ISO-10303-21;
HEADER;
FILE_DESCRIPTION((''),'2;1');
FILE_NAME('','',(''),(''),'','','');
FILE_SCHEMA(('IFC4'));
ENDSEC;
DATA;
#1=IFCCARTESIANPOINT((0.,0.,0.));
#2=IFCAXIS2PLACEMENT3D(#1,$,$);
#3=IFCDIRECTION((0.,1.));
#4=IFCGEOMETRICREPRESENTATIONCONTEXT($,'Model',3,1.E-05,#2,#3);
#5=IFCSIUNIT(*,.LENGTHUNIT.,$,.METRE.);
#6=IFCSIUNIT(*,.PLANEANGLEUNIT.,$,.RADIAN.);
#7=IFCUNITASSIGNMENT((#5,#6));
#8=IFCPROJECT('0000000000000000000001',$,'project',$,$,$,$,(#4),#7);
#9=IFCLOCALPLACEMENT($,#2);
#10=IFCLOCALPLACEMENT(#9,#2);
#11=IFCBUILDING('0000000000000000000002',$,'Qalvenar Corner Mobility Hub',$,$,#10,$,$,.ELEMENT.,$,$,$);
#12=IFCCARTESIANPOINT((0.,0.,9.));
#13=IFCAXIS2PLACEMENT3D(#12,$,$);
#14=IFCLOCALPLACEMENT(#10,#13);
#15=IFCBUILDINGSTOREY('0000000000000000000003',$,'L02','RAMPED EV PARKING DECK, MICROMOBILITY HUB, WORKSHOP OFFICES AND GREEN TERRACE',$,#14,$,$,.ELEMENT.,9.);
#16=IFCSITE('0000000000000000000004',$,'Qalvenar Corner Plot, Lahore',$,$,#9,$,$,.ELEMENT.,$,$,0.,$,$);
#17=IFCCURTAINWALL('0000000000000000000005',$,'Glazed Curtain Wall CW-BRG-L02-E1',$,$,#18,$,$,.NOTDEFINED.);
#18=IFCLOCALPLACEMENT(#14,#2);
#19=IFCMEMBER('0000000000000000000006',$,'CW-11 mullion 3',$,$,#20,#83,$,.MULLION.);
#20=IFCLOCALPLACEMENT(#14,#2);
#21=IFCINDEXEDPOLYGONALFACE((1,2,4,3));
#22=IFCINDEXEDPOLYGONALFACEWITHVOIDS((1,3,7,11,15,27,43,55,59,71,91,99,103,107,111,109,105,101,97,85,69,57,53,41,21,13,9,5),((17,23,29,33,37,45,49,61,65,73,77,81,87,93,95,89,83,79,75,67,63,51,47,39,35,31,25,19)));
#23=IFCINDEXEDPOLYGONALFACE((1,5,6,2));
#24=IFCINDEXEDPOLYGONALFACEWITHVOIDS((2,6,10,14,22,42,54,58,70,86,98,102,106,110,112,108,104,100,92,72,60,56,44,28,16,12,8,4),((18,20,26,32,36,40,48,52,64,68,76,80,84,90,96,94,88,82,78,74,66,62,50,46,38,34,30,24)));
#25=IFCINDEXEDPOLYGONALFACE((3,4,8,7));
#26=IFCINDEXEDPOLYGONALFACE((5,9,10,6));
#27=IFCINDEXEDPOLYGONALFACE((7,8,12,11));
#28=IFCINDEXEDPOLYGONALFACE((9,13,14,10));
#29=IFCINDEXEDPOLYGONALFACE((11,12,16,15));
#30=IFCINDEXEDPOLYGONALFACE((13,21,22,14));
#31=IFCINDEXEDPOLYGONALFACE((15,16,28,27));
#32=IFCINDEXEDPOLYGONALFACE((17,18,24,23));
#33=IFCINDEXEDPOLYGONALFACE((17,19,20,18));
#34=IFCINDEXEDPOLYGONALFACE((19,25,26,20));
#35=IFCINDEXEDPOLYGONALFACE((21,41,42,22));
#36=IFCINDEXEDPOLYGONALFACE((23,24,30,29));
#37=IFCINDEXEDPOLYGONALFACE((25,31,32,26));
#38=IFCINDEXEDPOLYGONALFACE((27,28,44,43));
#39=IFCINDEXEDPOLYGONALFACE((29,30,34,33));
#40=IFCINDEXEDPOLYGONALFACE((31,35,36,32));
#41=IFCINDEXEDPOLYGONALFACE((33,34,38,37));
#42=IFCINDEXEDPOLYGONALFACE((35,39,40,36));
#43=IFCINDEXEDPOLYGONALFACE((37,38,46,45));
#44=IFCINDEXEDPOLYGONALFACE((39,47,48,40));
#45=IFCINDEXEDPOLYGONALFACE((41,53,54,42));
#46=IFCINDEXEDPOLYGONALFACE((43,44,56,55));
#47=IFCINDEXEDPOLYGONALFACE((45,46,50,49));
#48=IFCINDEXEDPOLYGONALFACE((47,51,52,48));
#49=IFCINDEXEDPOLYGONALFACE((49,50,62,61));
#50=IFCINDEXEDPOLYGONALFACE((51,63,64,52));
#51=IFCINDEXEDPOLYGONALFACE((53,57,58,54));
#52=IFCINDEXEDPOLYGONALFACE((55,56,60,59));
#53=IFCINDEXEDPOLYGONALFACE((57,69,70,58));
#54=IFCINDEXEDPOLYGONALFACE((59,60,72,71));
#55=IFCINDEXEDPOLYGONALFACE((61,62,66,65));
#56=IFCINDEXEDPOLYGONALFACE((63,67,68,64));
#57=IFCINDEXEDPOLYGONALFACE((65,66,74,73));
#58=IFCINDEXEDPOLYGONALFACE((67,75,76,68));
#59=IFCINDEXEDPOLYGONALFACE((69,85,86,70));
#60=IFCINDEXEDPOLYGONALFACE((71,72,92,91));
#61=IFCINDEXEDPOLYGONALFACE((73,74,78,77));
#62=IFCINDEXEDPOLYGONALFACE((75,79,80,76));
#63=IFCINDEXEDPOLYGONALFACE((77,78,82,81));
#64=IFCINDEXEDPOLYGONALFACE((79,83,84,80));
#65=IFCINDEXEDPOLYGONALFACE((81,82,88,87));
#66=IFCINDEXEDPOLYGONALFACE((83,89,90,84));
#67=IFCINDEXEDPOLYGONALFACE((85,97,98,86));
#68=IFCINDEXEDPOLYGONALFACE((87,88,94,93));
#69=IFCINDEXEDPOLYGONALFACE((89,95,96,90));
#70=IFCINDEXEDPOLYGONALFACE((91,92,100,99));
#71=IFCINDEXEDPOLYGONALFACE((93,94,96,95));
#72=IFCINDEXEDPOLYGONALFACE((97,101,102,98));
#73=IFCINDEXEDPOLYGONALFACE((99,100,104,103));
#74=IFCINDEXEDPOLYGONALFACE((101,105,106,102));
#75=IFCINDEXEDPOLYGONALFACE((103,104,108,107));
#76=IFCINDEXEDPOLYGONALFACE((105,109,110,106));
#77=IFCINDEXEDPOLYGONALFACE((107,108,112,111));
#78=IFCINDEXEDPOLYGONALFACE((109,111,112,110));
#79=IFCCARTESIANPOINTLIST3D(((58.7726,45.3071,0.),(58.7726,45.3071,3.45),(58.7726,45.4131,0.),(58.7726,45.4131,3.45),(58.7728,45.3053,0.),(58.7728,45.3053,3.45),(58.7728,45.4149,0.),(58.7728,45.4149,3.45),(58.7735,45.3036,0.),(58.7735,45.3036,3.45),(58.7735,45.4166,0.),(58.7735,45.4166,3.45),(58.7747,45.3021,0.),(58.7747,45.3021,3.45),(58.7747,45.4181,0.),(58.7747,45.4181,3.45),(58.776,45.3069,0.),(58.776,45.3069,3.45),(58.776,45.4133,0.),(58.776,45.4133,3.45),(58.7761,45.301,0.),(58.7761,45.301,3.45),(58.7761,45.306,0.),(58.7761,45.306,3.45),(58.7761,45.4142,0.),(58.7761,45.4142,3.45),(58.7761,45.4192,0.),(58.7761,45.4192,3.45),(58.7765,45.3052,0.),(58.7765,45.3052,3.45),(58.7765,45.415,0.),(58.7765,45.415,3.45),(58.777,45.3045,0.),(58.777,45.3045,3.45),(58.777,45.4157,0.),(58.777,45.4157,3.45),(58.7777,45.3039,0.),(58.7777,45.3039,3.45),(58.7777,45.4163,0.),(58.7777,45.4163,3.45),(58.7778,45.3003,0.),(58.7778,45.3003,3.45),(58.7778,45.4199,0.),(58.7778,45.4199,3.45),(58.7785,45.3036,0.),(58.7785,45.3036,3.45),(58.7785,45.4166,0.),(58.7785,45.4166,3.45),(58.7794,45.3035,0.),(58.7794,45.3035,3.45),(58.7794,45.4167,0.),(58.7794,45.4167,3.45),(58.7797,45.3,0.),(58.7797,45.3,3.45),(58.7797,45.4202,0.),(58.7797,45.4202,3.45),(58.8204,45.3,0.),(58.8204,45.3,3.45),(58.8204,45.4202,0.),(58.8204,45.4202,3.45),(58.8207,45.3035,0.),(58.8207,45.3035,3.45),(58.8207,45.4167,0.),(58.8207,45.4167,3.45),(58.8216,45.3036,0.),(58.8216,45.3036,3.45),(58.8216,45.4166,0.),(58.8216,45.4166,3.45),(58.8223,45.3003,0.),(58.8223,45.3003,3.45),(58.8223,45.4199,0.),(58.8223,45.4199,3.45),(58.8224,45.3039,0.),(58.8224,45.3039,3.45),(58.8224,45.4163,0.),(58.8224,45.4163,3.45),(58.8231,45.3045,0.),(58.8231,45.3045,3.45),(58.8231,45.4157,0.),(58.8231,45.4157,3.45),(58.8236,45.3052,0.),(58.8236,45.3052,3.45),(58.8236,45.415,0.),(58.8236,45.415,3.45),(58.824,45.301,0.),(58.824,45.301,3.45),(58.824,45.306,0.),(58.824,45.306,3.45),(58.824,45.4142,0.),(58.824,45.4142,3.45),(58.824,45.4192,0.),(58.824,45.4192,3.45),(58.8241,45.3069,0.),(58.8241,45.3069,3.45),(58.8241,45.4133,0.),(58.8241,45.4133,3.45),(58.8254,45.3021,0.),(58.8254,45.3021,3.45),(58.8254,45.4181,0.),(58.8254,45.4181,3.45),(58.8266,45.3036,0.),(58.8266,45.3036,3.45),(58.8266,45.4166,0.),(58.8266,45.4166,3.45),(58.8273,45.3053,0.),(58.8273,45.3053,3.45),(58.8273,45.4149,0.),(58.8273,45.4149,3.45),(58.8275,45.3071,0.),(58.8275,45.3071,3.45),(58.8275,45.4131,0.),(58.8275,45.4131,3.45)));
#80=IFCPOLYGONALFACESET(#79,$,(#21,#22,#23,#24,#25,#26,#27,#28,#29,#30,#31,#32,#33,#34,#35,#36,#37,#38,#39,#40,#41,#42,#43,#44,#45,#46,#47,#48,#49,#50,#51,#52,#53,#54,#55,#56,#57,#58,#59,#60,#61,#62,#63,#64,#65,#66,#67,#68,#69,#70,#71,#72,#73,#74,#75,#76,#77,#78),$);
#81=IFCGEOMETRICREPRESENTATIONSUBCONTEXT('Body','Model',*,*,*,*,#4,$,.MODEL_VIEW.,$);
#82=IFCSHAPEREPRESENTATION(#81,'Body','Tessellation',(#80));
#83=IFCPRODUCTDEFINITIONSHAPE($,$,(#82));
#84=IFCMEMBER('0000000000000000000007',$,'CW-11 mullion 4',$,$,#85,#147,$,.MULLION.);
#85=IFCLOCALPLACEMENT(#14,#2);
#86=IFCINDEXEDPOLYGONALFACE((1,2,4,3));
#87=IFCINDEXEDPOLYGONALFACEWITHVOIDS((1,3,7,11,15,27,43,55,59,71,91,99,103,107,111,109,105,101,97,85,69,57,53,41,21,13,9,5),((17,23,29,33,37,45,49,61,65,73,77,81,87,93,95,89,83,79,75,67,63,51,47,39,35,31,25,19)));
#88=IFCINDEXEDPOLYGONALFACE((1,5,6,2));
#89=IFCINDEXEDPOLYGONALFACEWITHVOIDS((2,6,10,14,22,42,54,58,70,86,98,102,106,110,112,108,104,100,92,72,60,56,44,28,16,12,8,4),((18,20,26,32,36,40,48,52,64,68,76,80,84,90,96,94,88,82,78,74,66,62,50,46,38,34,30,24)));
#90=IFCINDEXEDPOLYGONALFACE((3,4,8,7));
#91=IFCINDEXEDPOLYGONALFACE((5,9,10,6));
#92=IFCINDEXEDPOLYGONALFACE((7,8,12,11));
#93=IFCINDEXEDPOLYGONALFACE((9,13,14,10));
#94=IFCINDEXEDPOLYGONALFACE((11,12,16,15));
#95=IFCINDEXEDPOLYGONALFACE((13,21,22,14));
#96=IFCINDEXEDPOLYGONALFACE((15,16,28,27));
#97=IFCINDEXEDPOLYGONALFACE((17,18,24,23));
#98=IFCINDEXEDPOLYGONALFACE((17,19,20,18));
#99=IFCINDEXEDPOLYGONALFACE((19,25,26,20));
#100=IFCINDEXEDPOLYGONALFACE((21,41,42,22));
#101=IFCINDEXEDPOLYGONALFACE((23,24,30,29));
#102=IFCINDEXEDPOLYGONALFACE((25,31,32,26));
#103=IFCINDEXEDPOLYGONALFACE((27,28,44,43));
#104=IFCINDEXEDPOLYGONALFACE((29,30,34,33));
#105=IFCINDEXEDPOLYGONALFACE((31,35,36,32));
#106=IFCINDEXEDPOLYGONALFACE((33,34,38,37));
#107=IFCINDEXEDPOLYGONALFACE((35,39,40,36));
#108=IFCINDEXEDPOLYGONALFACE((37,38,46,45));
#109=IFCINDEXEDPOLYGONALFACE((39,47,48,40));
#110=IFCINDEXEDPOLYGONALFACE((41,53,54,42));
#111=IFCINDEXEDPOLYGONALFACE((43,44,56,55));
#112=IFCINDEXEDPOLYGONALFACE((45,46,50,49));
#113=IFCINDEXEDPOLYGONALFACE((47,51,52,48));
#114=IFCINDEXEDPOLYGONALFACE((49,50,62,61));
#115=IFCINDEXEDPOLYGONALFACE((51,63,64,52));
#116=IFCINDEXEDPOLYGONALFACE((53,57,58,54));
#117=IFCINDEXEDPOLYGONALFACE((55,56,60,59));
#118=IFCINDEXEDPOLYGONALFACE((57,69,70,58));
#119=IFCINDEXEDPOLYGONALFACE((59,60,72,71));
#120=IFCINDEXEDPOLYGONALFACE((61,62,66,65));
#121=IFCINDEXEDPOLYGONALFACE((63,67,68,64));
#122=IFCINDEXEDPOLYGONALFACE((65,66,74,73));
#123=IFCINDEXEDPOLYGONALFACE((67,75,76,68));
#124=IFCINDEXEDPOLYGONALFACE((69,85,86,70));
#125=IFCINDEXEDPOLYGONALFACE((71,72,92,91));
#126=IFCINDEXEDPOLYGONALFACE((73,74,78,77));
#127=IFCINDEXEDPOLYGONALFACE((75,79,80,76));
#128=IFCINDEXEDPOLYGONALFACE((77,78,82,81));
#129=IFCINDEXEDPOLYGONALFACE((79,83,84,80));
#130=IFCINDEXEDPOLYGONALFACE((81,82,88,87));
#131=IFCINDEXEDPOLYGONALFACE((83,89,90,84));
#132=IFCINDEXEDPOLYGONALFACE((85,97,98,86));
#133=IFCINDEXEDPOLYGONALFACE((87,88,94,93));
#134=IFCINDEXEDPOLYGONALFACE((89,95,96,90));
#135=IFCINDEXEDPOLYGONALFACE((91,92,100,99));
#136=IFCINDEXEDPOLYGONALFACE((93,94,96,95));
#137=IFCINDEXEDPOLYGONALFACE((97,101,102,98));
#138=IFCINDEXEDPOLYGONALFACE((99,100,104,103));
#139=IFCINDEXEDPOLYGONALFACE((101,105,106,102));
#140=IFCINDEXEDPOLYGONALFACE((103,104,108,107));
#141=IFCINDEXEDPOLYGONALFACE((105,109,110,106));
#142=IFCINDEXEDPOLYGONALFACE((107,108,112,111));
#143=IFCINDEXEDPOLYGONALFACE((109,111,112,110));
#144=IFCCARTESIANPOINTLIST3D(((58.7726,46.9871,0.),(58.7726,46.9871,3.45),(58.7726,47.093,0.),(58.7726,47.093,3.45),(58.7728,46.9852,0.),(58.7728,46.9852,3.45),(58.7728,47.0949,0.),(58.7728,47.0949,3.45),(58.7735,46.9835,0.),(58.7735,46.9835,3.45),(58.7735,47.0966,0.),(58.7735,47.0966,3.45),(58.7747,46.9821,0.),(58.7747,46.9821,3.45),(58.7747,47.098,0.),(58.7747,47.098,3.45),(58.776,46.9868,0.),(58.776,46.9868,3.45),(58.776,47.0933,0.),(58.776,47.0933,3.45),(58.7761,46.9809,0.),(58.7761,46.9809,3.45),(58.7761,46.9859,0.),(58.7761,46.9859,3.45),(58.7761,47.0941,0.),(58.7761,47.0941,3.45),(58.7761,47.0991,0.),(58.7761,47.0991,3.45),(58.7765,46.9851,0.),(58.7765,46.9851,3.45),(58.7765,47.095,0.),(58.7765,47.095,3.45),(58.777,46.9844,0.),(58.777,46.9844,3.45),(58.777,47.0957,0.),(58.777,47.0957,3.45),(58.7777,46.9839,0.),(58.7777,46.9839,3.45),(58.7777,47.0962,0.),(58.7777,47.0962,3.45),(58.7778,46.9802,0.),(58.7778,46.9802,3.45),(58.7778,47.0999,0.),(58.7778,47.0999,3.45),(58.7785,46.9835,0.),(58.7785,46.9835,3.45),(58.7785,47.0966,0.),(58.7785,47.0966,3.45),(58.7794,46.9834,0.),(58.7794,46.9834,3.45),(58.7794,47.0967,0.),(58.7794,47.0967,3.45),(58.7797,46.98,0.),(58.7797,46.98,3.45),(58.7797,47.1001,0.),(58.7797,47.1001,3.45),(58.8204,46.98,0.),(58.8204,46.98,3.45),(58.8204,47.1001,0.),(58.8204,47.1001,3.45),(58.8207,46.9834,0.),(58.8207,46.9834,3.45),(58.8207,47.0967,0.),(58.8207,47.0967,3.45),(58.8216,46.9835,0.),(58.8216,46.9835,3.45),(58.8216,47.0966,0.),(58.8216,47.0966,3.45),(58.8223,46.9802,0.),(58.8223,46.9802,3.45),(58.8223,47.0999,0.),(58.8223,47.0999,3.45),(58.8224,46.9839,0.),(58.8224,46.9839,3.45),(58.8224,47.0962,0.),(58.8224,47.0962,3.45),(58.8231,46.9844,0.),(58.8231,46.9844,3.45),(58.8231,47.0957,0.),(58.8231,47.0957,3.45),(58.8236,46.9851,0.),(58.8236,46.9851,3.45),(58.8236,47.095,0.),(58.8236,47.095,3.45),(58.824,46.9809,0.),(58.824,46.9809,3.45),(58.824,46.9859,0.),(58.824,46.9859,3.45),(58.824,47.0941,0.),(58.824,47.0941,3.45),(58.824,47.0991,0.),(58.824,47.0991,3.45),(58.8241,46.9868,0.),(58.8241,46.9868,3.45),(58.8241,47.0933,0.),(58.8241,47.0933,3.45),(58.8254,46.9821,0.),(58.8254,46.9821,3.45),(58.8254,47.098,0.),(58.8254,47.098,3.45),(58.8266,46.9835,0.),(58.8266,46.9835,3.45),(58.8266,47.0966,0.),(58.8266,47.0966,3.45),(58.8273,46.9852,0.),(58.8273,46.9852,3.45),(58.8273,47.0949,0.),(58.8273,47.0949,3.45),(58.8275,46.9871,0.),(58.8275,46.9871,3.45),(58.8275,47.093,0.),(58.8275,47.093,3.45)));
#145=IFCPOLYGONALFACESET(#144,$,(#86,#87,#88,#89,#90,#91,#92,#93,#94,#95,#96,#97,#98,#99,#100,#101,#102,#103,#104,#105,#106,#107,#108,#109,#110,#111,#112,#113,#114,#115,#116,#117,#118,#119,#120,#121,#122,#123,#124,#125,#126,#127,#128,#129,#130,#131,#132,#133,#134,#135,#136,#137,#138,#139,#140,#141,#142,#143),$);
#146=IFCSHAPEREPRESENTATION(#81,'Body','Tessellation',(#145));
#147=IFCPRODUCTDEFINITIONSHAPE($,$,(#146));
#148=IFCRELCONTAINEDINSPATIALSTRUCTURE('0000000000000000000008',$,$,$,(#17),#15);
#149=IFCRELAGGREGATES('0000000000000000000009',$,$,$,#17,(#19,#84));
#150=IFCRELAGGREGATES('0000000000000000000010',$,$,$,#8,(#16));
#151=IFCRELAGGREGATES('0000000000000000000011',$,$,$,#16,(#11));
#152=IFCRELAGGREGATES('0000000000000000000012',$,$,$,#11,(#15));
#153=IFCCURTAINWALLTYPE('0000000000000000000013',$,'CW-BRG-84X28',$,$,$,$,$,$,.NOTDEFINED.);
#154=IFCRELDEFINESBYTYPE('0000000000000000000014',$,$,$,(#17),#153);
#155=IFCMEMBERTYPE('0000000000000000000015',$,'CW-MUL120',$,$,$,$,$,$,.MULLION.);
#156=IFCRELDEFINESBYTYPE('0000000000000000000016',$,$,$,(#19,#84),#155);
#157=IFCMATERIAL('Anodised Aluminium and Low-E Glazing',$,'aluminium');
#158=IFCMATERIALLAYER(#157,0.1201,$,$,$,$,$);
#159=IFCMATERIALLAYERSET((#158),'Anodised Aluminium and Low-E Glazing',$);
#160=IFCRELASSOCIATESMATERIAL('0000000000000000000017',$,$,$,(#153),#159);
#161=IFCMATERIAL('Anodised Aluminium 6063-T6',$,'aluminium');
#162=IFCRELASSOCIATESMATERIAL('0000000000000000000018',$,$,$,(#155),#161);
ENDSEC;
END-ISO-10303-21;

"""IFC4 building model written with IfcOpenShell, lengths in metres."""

from ifc_helpers import new_model, si_unit, direction, frame, origin, origin_2d, place, context, subcontext, project, spatial, hollow_rectangle, extrude, material, layer, layer_set, material_profile, profile_set, type_object, element, aggregate, save


model = new_model("IFC4")

# Units and contexts
model_context = context("Model", 3, precision=1e-05, world=origin(), true_north=direction((0.0, 1.0)))
body_context = subcontext(model_context, "Body", "Model", "MODEL_VIEW")
ifc_project = project(units=[si_unit("LENGTHUNIT", "METRE"), si_unit("PLANEANGLEUNIT", "RADIAN")], contexts=[model_context])

# Site, building, storey
site_placement = place(None, origin())
site = spatial("IfcSite", under=ifc_project, at=site_placement, Name="Qalvenar Corner Plot, Lahore", CompositionType="ELEMENT", RefElevation=0.0)
building_placement = place(site_placement, origin())
building = spatial("IfcBuilding", under=site, at=building_placement, Name="Qalvenar Corner Mobility Hub", CompositionType="ELEMENT")
storey_placement = place(building_placement, frame((0.0, 0.0, 9.0)))
storey = spatial("IfcBuildingStorey", under=building, at=storey_placement, Name="L02", Description="RAMPED EV PARKING DECK, MICROMOBILITY HUB, WORKSHOP OFFICES AND GREEN TERRACE", CompositionType="ELEMENT", Elevation=9.0)

# Curtain wall, members
ifc_material_1 = material(Name="Anodised Aluminium and Low-E Glazing", Category="aluminium")
ifc_layer_1 = layer(ifc_material_1, 0.1201)
ifc_layer_set_1 = layer_set([ifc_layer_1], Name="Anodised Aluminium and Low-E Glazing")
curtain_wall_type = type_object("IfcCurtainWallType", Name="CW-BRG-84X28", PredefinedType="NOTDEFINED", material=ifc_layer_set_1)
curtain_wall_placement = place(storey_placement, origin())
curtain_wall = element("IfcCurtainWall", 1, at=curtain_wall_placement, inside=storey, type_object=curtain_wall_type, Name="Glazed Curtain Wall CW-BRG-L02-E1", PredefinedType="NOTDEFINED")
ifc_material_2 = material(Name="Anodised Aluminium 6063-T6", Category="aluminium")
ifc_material_profile_1 = material_profile(ifc_material_2, hollow_rectangle(XDim=0.0549, YDim=0.1201, WallThickness=0.0034, InnerFilletRadius=0.0034, OuterFilletRadius=0.0071, at=origin_2d()), Name="RHS120x55x3.5")
ifc_profile_set_1 = profile_set([ifc_material_profile_1], Name="Anodised Aluminium 6063-T6")
member_type_1 = type_object("IfcMemberType", Name="CW-MUL120", PredefinedType="MULLION", material=ifc_profile_set_1)
member_1_placement = place(storey_placement, frame((58.8, 45.3601, 0.0), z_axis=(0.0, 0.0, 1.0), x_axis=(-1.0, 0.0, 0.0)))
member_1 = element("IfcMember", 2, at=member_1_placement, type_object=member_type_1, Name="CW-11 mullion 3", PredefinedType="MULLION", context=body_context, shape_type="SweptSolid", body=[
    extrude(hollow_rectangle(XDim=0.0549, YDim=0.1201, WallThickness=0.0034, InnerFilletRadius=0.0034, OuterFilletRadius=0.0071, at=origin_2d()), origin(), (0.0, 0.0, 1.0), 3.45),
])
member_2_placement = place(storey_placement, frame((58.8, 47.04, 0.0), z_axis=(0.0, 0.0, 1.0), x_axis=(-1.0, 0.0, 0.0)))
member_2 = element("IfcMember", 3, at=member_2_placement, type_object=member_type_1, Name="CW-11 mullion 4", PredefinedType="MULLION", context=body_context, shape_type="SweptSolid", body=[
    extrude(hollow_rectangle(XDim=0.0549, YDim=0.1201, WallThickness=0.0034, InnerFilletRadius=0.0034, OuterFilletRadius=0.0071, at=origin_2d()), origin(), (0.0, 0.0, 1.0), 3.45),
])

aggregate(curtain_wall, [member_1, member_2])

save(model, "model.ifc")
